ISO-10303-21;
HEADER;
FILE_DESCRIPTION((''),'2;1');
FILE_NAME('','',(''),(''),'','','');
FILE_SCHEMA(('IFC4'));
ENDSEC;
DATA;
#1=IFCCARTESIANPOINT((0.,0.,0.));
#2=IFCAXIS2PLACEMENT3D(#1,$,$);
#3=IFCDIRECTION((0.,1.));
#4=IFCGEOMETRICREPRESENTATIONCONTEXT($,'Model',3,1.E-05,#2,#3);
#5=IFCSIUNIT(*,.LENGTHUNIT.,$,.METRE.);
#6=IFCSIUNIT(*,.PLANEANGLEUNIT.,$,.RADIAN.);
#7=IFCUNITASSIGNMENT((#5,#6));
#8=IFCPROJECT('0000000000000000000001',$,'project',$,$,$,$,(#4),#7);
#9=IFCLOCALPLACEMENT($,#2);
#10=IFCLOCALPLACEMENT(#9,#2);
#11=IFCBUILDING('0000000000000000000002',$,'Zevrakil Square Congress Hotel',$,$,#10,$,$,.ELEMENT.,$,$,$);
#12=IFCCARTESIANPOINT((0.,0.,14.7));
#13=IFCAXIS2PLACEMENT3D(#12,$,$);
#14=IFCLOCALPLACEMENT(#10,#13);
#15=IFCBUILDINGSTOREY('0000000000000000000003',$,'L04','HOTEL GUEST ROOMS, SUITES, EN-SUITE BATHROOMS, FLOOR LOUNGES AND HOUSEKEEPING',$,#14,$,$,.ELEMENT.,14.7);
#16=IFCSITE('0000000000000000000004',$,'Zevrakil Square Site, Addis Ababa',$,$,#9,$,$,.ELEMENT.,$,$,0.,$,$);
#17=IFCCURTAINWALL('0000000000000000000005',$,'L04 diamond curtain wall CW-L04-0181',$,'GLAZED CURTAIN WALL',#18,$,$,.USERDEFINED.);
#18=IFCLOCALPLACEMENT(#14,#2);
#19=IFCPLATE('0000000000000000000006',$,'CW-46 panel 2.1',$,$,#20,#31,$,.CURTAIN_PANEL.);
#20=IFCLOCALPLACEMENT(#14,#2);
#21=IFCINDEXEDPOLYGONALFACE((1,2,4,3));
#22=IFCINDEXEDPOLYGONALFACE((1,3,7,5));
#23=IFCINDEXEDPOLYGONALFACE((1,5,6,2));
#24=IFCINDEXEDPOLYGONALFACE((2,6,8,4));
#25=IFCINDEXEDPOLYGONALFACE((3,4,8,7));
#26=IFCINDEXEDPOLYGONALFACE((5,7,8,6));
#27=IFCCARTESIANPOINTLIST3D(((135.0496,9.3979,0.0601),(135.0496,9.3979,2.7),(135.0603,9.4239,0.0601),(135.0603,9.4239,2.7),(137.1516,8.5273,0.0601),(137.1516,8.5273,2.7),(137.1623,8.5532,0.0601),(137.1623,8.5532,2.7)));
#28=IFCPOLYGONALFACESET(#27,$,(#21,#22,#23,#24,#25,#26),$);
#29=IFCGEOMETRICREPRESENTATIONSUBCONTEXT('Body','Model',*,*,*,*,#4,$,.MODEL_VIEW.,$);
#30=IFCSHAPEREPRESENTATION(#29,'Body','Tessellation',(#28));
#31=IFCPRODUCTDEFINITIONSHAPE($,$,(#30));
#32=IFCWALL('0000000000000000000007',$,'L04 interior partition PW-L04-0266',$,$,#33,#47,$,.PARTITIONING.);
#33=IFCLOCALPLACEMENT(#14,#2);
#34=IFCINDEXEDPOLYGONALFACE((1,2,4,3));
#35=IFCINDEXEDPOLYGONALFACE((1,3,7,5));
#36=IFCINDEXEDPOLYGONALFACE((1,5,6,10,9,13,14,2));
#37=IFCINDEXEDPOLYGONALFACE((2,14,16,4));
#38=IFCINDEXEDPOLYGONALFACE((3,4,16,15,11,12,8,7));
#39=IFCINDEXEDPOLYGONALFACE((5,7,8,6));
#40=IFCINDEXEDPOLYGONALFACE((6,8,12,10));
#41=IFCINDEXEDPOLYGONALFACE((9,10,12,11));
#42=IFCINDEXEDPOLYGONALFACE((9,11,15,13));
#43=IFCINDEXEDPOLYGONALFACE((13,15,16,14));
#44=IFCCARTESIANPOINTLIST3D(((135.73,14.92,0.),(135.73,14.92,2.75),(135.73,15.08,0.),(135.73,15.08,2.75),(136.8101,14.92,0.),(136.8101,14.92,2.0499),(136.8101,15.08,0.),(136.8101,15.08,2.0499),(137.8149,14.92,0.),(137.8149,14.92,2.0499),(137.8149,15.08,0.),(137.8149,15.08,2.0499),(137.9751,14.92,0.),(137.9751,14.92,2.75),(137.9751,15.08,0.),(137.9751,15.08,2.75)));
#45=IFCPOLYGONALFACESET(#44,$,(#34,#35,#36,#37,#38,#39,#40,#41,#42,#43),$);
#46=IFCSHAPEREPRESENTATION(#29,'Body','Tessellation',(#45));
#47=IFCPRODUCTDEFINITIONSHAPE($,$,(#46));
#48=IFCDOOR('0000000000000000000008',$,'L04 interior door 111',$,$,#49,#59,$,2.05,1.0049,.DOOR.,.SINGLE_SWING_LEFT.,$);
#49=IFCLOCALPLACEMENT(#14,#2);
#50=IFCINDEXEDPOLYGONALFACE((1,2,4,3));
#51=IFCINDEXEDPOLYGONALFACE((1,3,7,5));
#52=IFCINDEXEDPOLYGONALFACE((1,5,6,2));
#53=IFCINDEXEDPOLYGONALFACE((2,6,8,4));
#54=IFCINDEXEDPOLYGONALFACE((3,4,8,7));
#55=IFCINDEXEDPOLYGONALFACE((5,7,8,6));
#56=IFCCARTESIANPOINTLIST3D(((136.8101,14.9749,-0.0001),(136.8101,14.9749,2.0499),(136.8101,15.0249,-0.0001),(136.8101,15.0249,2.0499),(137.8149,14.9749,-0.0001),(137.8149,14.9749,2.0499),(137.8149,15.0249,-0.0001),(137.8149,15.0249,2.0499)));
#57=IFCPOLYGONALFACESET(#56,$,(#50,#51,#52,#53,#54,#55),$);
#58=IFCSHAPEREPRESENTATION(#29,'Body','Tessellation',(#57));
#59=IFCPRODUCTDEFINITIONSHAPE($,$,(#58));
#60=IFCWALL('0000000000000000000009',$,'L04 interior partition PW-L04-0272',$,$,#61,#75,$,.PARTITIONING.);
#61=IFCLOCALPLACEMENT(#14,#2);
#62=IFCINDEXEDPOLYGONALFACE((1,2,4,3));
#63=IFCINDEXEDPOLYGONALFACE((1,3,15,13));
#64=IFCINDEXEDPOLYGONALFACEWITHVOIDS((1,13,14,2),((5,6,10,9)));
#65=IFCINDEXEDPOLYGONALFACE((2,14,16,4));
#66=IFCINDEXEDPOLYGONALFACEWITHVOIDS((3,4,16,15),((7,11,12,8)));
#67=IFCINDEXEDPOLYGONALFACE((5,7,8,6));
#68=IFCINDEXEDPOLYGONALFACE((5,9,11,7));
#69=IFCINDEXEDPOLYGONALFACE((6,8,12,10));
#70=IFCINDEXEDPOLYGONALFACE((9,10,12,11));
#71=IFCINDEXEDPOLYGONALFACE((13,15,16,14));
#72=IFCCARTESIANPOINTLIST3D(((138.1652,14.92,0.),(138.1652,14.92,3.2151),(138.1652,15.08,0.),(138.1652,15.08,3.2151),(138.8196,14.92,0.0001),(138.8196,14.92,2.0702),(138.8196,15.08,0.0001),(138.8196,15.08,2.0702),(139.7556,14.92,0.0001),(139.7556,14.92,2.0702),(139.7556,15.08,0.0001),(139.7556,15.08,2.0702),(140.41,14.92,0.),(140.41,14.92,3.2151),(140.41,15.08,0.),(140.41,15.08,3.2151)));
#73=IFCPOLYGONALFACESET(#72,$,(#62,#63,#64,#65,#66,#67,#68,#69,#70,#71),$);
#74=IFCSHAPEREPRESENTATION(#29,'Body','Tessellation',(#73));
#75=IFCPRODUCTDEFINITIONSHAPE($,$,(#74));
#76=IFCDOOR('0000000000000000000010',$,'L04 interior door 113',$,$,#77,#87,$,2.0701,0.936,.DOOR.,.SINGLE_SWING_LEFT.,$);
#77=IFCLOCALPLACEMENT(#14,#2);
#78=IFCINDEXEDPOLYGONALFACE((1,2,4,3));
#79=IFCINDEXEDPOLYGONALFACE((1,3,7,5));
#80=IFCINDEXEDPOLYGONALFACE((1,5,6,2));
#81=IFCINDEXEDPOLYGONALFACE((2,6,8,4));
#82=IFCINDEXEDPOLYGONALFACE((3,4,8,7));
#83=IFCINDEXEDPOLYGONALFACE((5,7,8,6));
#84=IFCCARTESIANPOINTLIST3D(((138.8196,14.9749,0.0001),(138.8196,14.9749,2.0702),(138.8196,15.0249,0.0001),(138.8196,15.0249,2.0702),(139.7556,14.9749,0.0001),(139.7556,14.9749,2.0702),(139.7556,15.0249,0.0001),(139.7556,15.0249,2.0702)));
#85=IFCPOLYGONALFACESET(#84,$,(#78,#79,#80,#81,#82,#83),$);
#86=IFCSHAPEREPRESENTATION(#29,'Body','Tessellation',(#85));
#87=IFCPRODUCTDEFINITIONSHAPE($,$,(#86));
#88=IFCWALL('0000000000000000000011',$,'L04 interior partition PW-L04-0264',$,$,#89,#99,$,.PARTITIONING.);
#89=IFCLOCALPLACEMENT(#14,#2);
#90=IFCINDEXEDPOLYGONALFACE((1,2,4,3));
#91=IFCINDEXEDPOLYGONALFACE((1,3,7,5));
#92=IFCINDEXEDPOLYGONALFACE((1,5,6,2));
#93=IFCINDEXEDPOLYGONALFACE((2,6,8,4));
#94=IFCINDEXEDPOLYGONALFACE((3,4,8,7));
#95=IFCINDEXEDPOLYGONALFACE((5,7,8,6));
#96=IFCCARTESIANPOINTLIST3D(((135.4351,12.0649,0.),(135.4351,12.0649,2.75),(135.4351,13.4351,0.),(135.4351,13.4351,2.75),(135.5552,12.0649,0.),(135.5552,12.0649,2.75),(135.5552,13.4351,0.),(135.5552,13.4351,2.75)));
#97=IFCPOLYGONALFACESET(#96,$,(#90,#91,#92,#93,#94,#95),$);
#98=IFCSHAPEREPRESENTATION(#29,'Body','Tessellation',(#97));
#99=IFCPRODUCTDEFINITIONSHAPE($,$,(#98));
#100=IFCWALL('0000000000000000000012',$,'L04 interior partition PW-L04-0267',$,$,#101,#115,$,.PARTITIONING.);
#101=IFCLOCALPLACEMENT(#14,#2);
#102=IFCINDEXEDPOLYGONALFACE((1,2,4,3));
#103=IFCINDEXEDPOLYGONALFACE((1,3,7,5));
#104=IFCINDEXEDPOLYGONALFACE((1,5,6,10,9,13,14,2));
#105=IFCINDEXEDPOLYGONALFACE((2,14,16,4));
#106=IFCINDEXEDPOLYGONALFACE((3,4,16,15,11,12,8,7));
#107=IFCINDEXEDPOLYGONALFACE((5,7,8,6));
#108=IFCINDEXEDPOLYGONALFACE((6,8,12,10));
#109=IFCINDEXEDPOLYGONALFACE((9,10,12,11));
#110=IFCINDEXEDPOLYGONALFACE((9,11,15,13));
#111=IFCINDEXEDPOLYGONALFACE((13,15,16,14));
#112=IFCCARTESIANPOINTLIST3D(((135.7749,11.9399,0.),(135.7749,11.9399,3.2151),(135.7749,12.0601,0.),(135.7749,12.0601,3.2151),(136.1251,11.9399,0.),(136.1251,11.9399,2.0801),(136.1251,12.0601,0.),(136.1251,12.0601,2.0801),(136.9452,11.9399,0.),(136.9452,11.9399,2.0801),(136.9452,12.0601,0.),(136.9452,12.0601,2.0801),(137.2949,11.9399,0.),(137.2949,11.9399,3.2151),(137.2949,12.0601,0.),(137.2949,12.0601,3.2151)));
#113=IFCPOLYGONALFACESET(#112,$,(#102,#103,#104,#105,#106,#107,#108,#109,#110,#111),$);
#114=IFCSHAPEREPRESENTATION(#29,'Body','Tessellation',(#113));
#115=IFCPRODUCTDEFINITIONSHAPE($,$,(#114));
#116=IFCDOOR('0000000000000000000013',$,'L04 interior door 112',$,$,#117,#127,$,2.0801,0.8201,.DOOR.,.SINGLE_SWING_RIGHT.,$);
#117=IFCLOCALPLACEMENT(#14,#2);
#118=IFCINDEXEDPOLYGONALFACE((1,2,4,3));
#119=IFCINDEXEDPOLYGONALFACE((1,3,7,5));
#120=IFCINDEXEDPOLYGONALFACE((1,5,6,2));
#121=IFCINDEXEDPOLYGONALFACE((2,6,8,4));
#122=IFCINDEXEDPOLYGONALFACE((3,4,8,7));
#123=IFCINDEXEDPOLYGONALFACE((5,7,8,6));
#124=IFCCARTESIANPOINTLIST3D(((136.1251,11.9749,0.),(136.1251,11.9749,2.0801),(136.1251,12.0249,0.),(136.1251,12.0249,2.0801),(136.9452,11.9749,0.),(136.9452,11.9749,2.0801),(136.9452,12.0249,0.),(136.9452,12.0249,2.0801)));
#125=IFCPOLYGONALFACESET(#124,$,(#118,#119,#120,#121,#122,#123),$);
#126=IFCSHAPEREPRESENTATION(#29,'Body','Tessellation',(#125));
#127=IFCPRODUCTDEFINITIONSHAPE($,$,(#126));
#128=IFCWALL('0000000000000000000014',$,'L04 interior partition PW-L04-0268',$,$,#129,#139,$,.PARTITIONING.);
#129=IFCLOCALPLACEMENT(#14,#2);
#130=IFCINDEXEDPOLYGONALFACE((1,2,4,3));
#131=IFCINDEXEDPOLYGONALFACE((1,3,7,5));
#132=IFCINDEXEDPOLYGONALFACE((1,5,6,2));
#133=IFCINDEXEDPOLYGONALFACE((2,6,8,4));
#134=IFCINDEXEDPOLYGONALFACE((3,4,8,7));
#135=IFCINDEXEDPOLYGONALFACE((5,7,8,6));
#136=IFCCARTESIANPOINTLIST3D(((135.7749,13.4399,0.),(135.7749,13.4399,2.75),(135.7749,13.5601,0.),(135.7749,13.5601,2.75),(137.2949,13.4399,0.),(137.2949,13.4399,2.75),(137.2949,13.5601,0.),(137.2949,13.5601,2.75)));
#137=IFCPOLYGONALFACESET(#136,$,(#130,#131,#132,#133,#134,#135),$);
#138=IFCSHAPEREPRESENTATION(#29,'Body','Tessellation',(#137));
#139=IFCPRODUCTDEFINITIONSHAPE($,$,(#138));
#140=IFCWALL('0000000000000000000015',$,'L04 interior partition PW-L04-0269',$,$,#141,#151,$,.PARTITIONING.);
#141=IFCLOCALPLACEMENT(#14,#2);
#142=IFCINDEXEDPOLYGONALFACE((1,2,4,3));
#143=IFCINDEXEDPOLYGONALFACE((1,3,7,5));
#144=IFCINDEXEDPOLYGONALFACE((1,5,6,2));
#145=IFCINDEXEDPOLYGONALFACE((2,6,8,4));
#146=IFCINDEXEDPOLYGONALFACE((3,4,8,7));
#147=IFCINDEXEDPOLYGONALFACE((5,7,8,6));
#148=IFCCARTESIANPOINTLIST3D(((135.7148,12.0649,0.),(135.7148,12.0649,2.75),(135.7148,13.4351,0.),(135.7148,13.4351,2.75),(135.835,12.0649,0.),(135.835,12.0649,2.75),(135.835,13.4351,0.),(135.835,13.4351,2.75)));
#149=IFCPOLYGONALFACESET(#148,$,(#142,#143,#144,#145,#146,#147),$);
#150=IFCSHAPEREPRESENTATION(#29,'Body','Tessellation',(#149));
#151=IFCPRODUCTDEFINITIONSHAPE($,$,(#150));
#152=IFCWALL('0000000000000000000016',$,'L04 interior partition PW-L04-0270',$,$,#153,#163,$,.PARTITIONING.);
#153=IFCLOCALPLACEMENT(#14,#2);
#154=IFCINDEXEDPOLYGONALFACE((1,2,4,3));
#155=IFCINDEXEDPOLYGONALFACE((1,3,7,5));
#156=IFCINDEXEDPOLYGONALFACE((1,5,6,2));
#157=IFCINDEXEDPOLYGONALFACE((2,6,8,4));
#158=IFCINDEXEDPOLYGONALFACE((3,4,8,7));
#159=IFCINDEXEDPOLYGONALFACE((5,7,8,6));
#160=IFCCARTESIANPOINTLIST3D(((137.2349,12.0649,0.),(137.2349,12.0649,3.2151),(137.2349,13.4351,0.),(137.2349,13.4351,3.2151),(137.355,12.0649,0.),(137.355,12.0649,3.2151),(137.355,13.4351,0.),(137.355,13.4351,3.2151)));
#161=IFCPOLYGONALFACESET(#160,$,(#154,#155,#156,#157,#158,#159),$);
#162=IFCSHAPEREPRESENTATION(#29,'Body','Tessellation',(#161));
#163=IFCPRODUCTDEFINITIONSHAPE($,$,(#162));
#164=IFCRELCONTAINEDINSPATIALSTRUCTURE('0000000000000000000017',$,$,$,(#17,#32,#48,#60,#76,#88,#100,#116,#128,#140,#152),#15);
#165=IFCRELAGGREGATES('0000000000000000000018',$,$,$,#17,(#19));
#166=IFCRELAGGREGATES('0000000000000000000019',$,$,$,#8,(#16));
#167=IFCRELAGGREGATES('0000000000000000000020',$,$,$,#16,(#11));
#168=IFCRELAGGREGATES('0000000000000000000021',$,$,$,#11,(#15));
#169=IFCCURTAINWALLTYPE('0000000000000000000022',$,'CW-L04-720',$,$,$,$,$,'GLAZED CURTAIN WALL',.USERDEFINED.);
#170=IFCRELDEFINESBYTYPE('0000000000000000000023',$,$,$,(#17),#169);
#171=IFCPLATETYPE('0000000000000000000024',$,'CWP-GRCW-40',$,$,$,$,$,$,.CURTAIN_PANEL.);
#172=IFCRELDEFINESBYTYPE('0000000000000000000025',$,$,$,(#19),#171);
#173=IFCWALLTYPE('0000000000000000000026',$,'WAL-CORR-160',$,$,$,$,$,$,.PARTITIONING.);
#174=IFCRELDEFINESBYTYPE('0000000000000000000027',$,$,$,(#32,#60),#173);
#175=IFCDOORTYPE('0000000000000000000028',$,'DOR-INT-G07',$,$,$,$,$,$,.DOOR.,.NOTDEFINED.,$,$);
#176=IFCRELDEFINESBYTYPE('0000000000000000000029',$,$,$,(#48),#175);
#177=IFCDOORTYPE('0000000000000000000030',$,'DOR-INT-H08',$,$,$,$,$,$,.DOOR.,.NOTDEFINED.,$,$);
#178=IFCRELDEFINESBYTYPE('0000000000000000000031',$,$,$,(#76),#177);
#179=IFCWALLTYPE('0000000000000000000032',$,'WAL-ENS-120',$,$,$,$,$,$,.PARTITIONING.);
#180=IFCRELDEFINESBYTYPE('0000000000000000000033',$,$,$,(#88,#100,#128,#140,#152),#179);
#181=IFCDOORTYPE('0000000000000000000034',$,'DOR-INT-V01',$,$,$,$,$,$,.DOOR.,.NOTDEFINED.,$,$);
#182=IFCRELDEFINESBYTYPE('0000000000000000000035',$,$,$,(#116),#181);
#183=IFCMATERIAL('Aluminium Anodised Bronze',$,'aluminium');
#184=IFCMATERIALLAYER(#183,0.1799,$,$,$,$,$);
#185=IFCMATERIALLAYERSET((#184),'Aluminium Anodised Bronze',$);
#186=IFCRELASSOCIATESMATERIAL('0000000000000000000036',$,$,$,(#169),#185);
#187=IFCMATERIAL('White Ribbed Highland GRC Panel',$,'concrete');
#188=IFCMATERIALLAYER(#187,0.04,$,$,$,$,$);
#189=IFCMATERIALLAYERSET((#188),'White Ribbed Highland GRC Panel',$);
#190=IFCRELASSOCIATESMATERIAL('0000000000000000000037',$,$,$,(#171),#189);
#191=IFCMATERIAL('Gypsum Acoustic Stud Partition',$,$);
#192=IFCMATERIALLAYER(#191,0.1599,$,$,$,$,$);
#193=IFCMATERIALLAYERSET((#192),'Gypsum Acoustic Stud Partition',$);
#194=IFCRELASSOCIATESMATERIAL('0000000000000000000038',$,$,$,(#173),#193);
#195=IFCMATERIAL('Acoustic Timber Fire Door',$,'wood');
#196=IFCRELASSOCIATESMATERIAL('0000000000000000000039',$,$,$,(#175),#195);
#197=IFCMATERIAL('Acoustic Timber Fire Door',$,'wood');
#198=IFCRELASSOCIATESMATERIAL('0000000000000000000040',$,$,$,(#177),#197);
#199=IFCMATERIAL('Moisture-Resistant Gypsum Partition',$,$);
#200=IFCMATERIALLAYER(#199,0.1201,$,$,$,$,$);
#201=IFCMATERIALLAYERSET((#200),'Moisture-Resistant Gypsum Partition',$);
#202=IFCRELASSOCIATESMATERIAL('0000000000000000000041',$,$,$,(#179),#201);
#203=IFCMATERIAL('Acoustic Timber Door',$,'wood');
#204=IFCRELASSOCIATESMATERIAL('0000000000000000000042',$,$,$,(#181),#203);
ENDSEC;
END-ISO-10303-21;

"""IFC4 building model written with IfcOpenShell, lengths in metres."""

from ifc_helpers import new_model, si_unit, direction, frame, frame_2d, origin, origin_2d, place, context, subcontext, project, spatial, rectangle, extrude, material, layer, layer_set, type_object, element, fill, aggregate, save


model = new_model("IFC4")

# Units and contexts
model_context = context("Model", 3, precision=1e-05, world=origin(), true_north=direction((0.0, 1.0)))
body_context = subcontext(model_context, "Body", "Model", "MODEL_VIEW")
ifc_project = project(units=[si_unit("LENGTHUNIT", "METRE"), si_unit("PLANEANGLEUNIT", "RADIAN")], contexts=[model_context])

# Site, building, storey
site_placement = place(None, origin())
site = spatial("IfcSite", under=ifc_project, at=site_placement, Name="Zevrakil Square Site, Addis Ababa", CompositionType="ELEMENT", RefElevation=0.0)
building_placement = place(site_placement, origin())
building = spatial("IfcBuilding", under=site, at=building_placement, Name="Zevrakil Square Congress Hotel", CompositionType="ELEMENT")
storey_placement = place(building_placement, frame((0.0, 0.0, 14.7)))
storey = spatial("IfcBuildingStorey", under=building, at=storey_placement, Name="L04", Description="HOTEL GUEST ROOMS, SUITES, EN-SUITE BATHROOMS, FLOOR LOUNGES AND HOUSEKEEPING", CompositionType="ELEMENT", Elevation=14.7)

# Curtain wall, plate
ifc_material_1 = material(Name="Aluminium Anodised Bronze", Category="aluminium")
ifc_layer_1 = layer(ifc_material_1, 0.1799)
ifc_layer_set_1 = layer_set([ifc_layer_1], Name="Aluminium Anodised Bronze")
curtain_wall_type = type_object("IfcCurtainWallType", Name="CW-L04-720", ElementType="GLAZED CURTAIN WALL", PredefinedType="USERDEFINED", material=ifc_layer_set_1)
curtain_wall_placement = place(storey_placement, origin())
curtain_wall = element("IfcCurtainWall", 1, at=curtain_wall_placement, inside=storey, type_object=curtain_wall_type, Name="L04 diamond curtain wall CW-L04-0181", ObjectType="GLAZED CURTAIN WALL", PredefinedType="USERDEFINED")
ifc_material_2 = material(Name="White Ribbed Highland GRC Panel", Category="concrete")
ifc_layer_2 = layer(ifc_material_2, 0.04)
ifc_layer_set_2 = layer_set([ifc_layer_2], Name="White Ribbed Highland GRC Panel")
plate_type_1 = type_object("IfcPlateType", Name="CWP-GRCW-40", PredefinedType="CURTAIN_PANEL", material=ifc_layer_set_2)
plate_1_placement = place(storey_placement, frame((136.106, 8.9756, 0.0601), z_axis=(0.0, 0.0, 1.0), x_axis=(0.923879, -0.382684, 0.0)))
plate_1 = element("IfcPlate", 2, at=plate_1_placement, type_object=plate_type_1, Name="CW-46 panel 2.1", PredefinedType="CURTAIN_PANEL", context=body_context, shape_type="SweptSolid", body=[
    extrude(rectangle(XDim=2.2751, YDim=0.0281, at=origin_2d()), origin(), (0.0, 0.0, 1.0), 2.6399),
])
aggregate(curtain_wall, [plate_1])

# Walls, openings, doors
ifc_material_3 = material(Name="Gypsum Acoustic Stud Partition")
ifc_layer_3 = layer(ifc_material_3, 0.1599)
ifc_layer_set_3 = layer_set([ifc_layer_3], Name="Gypsum Acoustic Stud Partition")
wall_type_1 = type_object("IfcWallType", Name="WAL-CORR-160", PredefinedType="PARTITIONING", material=ifc_layer_set_3)
wall_1_placement = place(storey_placement, frame((135.73, 15.0, 0.0), z_axis=(0.0, 0.0, 1.0), x_axis=(1.0, 0.0, 0.0)))
wall_1 = element("IfcWall", 3, at=wall_1_placement, inside=storey, type_object=wall_type_1, Name="L04 interior partition PW-L04-0266", PredefinedType="PARTITIONING", context=body_context, shape_type="SweptSolid", body=[
    extrude(rectangle(XDim=2.2451, YDim=0.1599, at=frame_2d((1.1226, 0.0))), origin(), (0.0, 0.0, 1.0), 2.75),
])
opening_1_placement = place(wall_1_placement, frame((1.0801, 0.0, 0.0)))
opening_1 = element("IfcOpeningElement", 4, at=opening_1_placement, cuts=wall_1, PredefinedType="OPENING", context=body_context, shape_type="SweptSolid", body=[
    extrude(rectangle(XDim=1.0049, YDim=2.05, at=frame_2d((0.5024, 1.0249))), frame((0.0, 0.0898, 0.0), z_axis=(0.0, -1.0, 0.0), x_axis=(1.0, 0.0, 0.0)), (0.0, 0.0, 1.0), 0.1799),
])
ifc_material_4 = material(Name="Acoustic Timber Fire Door", Category="wood")
door_type_1 = type_object("IfcDoorType", Name="DOR-INT-G07", OperationType="NOTDEFINED", PredefinedType="DOOR", material=ifc_material_4)
door_1_placement = place(opening_1_placement, origin())
door_1 = element("IfcDoor", 5, at=door_1_placement, inside=storey, type_object=door_type_1, Name="L04 interior door 111", OperationType="SINGLE_SWING_LEFT", OverallHeight=2.05, OverallWidth=1.0049, PredefinedType="DOOR", context=body_context, shape_type="SweptSolid", body=[
    extrude(rectangle(XDim=1.0049, YDim=2.05, at=frame_2d((0.5024, 1.0249))), frame((0.0, 0.0249, 0.0), z_axis=(0.0, -1.0, 0.0), x_axis=(1.0, 0.0, 0.0)), (0.0, 0.0, 1.0), 0.05),
])
fill(opening_1, door_1)
wall_2_placement = place(storey_placement, frame((138.165, 15.0, 0.0), z_axis=(0.0, 0.0, 1.0), x_axis=(1.0, 0.0, 0.0)))
wall_2 = element("IfcWall", 6, at=wall_2_placement, inside=storey, type_object=wall_type_1, Name="L04 interior partition PW-L04-0272", PredefinedType="PARTITIONING", context=body_context, shape_type="SweptSolid", body=[
    extrude(rectangle(XDim=2.2449, YDim=0.1599, at=frame_2d((1.1226, 0.0))), origin(), (0.0, 0.0, 1.0), 3.2151),
])
opening_2_placement = place(wall_2_placement, frame((0.6545, 0.0, 0.0)))
opening_2 = element("IfcOpeningElement", 7, at=opening_2_placement, cuts=wall_2, PredefinedType="OPENING", context=body_context, shape_type="SweptSolid", body=[
    extrude(rectangle(XDim=0.936, YDim=2.0701, at=frame_2d((0.468, 1.0352))), frame((0.0, 0.0898, 0.0), z_axis=(0.0, -1.0, 0.0), x_axis=(1.0, 0.0, 0.0)), (0.0, 0.0, 1.0), 0.1799),
])
ifc_material_5 = material(Name="Acoustic Timber Fire Door", Category="wood")
door_type_2 = type_object("IfcDoorType", Name="DOR-INT-H08", OperationType="NOTDEFINED", PredefinedType="DOOR", material=ifc_material_5)
door_2_placement = place(opening_2_placement, origin())
door_2 = element("IfcDoor", 8, at=door_2_placement, inside=storey, type_object=door_type_2, Name="L04 interior door 113", OperationType="SINGLE_SWING_LEFT", OverallHeight=2.0701, OverallWidth=0.936, PredefinedType="DOOR", context=body_context, shape_type="SweptSolid", body=[
    extrude(rectangle(XDim=0.936, YDim=2.0701, at=frame_2d((0.468, 1.0352))), frame((0.0, 0.0249, 0.0), z_axis=(0.0, -1.0, 0.0), x_axis=(1.0, 0.0, 0.0)), (0.0, 0.0, 1.0), 0.05),
])
fill(opening_2, door_2)

# Wall
ifc_material_6 = material(Name="Moisture-Resistant Gypsum Partition")
ifc_layer_4 = layer(ifc_material_6, 0.1201)
ifc_layer_set_4 = layer_set([ifc_layer_4], Name="Moisture-Resistant Gypsum Partition")
wall_type_2 = type_object("IfcWallType", Name="WAL-ENS-120", PredefinedType="PARTITIONING", material=ifc_layer_set_4)
wall_3_placement = place(storey_placement, frame((135.4951, 12.0649, 0.0), z_axis=(0.0, 0.0, 1.0), x_axis=(0.0, 1.0, 0.0)))
element("IfcWall", 9, at=wall_3_placement, inside=storey, type_object=wall_type_2, Name="L04 interior partition PW-L04-0264", PredefinedType="PARTITIONING", context=body_context, shape_type="SweptSolid", body=[
    extrude(rectangle(XDim=1.3701, YDim=0.1201, at=frame_2d((0.6851, 0.0))), origin(), (0.0, 0.0, 1.0), 2.75),
])

# Wall, opening, door
wall_4_placement = place(storey_placement, frame((135.7749, 12.0, 0.0), z_axis=(0.0, 0.0, 1.0), x_axis=(1.0, 0.0, 0.0)))
wall_4 = element("IfcWall", 10, at=wall_4_placement, inside=storey, type_object=wall_type_2, Name="L04 interior partition PW-L04-0267", PredefinedType="PARTITIONING", context=body_context, shape_type="SweptSolid", body=[
    extrude(rectangle(XDim=1.52, YDim=0.1201, at=frame_2d((0.76, 0.0))), origin(), (0.0, 0.0, 1.0), 3.2151),
])
opening_3_placement = place(wall_4_placement, frame((0.3501, 0.0, 0.0)))
opening_3 = element("IfcOpeningElement", 11, at=opening_3_placement, cuts=wall_4, PredefinedType="OPENING", context=body_context, shape_type="SweptSolid", body=[
    extrude(rectangle(XDim=0.8201, YDim=2.0801, at=frame_2d((0.4102, 1.04))), frame((0.0, 0.0701, 0.0), z_axis=(0.0, -1.0, 0.0), x_axis=(1.0, 0.0, 0.0)), (0.0, 0.0, 1.0), 0.1401),
])
ifc_material_7 = material(Name="Acoustic Timber Door", Category="wood")
door_type_3 = type_object("IfcDoorType", Name="DOR-INT-V01", OperationType="NOTDEFINED", PredefinedType="DOOR", material=ifc_material_7)
door_3_placement = place(opening_3_placement, origin())
door_3 = element("IfcDoor", 12, at=door_3_placement, inside=storey, type_object=door_type_3, Name="L04 interior door 112", OperationType="SINGLE_SWING_RIGHT", OverallHeight=2.0801, OverallWidth=0.8201, PredefinedType="DOOR", context=body_context, shape_type="SweptSolid", body=[
    extrude(rectangle(XDim=0.8201, YDim=2.0801, at=frame_2d((0.4102, 1.04))), frame((0.0, 0.0249, 0.0), z_axis=(0.0, -1.0, 0.0), x_axis=(1.0, 0.0, 0.0)), (0.0, 0.0, 1.0), 0.05),
])
fill(opening_3, door_3)

# Walls
wall_5_placement = place(storey_placement, frame((135.7749, 13.5, 0.0), z_axis=(0.0, 0.0, 1.0), x_axis=(1.0, 0.0, 0.0)))
element("IfcWall", 13, at=wall_5_placement, inside=storey, type_object=wall_type_2, Name="L04 interior partition PW-L04-0268", PredefinedType="PARTITIONING", context=body_context, shape_type="SweptSolid", body=[
    extrude(rectangle(XDim=1.52, YDim=0.1201, at=frame_2d((0.76, 0.0))), origin(), (0.0, 0.0, 1.0), 2.75),
])
wall_6_placement = place(storey_placement, frame((135.7749, 12.0649, 0.0), z_axis=(0.0, 0.0, 1.0), x_axis=(0.0, 1.0, 0.0)))
element("IfcWall", 14, at=wall_6_placement, inside=storey, type_object=wall_type_2, Name="L04 interior partition PW-L04-0269", PredefinedType="PARTITIONING", context=body_context, shape_type="SweptSolid", body=[
    extrude(rectangle(XDim=1.3701, YDim=0.1201, at=frame_2d((0.6851, 0.0))), origin(), (0.0, 0.0, 1.0), 2.75),
])
wall_7_placement = place(storey_placement, frame((137.2949, 12.0649, 0.0), z_axis=(0.0, 0.0, 1.0), x_axis=(0.0, 1.0, 0.0)))
element("IfcWall", 15, at=wall_7_placement, inside=storey, type_object=wall_type_2, Name="L04 interior partition PW-L04-0270", PredefinedType="PARTITIONING", context=body_context, shape_type="SweptSolid", body=[
    extrude(rectangle(XDim=1.3701, YDim=0.1201, at=frame_2d((0.6851, 0.0))), origin(), (0.0, 0.0, 1.0), 3.2151),
])

save(model, "model.ifc")
